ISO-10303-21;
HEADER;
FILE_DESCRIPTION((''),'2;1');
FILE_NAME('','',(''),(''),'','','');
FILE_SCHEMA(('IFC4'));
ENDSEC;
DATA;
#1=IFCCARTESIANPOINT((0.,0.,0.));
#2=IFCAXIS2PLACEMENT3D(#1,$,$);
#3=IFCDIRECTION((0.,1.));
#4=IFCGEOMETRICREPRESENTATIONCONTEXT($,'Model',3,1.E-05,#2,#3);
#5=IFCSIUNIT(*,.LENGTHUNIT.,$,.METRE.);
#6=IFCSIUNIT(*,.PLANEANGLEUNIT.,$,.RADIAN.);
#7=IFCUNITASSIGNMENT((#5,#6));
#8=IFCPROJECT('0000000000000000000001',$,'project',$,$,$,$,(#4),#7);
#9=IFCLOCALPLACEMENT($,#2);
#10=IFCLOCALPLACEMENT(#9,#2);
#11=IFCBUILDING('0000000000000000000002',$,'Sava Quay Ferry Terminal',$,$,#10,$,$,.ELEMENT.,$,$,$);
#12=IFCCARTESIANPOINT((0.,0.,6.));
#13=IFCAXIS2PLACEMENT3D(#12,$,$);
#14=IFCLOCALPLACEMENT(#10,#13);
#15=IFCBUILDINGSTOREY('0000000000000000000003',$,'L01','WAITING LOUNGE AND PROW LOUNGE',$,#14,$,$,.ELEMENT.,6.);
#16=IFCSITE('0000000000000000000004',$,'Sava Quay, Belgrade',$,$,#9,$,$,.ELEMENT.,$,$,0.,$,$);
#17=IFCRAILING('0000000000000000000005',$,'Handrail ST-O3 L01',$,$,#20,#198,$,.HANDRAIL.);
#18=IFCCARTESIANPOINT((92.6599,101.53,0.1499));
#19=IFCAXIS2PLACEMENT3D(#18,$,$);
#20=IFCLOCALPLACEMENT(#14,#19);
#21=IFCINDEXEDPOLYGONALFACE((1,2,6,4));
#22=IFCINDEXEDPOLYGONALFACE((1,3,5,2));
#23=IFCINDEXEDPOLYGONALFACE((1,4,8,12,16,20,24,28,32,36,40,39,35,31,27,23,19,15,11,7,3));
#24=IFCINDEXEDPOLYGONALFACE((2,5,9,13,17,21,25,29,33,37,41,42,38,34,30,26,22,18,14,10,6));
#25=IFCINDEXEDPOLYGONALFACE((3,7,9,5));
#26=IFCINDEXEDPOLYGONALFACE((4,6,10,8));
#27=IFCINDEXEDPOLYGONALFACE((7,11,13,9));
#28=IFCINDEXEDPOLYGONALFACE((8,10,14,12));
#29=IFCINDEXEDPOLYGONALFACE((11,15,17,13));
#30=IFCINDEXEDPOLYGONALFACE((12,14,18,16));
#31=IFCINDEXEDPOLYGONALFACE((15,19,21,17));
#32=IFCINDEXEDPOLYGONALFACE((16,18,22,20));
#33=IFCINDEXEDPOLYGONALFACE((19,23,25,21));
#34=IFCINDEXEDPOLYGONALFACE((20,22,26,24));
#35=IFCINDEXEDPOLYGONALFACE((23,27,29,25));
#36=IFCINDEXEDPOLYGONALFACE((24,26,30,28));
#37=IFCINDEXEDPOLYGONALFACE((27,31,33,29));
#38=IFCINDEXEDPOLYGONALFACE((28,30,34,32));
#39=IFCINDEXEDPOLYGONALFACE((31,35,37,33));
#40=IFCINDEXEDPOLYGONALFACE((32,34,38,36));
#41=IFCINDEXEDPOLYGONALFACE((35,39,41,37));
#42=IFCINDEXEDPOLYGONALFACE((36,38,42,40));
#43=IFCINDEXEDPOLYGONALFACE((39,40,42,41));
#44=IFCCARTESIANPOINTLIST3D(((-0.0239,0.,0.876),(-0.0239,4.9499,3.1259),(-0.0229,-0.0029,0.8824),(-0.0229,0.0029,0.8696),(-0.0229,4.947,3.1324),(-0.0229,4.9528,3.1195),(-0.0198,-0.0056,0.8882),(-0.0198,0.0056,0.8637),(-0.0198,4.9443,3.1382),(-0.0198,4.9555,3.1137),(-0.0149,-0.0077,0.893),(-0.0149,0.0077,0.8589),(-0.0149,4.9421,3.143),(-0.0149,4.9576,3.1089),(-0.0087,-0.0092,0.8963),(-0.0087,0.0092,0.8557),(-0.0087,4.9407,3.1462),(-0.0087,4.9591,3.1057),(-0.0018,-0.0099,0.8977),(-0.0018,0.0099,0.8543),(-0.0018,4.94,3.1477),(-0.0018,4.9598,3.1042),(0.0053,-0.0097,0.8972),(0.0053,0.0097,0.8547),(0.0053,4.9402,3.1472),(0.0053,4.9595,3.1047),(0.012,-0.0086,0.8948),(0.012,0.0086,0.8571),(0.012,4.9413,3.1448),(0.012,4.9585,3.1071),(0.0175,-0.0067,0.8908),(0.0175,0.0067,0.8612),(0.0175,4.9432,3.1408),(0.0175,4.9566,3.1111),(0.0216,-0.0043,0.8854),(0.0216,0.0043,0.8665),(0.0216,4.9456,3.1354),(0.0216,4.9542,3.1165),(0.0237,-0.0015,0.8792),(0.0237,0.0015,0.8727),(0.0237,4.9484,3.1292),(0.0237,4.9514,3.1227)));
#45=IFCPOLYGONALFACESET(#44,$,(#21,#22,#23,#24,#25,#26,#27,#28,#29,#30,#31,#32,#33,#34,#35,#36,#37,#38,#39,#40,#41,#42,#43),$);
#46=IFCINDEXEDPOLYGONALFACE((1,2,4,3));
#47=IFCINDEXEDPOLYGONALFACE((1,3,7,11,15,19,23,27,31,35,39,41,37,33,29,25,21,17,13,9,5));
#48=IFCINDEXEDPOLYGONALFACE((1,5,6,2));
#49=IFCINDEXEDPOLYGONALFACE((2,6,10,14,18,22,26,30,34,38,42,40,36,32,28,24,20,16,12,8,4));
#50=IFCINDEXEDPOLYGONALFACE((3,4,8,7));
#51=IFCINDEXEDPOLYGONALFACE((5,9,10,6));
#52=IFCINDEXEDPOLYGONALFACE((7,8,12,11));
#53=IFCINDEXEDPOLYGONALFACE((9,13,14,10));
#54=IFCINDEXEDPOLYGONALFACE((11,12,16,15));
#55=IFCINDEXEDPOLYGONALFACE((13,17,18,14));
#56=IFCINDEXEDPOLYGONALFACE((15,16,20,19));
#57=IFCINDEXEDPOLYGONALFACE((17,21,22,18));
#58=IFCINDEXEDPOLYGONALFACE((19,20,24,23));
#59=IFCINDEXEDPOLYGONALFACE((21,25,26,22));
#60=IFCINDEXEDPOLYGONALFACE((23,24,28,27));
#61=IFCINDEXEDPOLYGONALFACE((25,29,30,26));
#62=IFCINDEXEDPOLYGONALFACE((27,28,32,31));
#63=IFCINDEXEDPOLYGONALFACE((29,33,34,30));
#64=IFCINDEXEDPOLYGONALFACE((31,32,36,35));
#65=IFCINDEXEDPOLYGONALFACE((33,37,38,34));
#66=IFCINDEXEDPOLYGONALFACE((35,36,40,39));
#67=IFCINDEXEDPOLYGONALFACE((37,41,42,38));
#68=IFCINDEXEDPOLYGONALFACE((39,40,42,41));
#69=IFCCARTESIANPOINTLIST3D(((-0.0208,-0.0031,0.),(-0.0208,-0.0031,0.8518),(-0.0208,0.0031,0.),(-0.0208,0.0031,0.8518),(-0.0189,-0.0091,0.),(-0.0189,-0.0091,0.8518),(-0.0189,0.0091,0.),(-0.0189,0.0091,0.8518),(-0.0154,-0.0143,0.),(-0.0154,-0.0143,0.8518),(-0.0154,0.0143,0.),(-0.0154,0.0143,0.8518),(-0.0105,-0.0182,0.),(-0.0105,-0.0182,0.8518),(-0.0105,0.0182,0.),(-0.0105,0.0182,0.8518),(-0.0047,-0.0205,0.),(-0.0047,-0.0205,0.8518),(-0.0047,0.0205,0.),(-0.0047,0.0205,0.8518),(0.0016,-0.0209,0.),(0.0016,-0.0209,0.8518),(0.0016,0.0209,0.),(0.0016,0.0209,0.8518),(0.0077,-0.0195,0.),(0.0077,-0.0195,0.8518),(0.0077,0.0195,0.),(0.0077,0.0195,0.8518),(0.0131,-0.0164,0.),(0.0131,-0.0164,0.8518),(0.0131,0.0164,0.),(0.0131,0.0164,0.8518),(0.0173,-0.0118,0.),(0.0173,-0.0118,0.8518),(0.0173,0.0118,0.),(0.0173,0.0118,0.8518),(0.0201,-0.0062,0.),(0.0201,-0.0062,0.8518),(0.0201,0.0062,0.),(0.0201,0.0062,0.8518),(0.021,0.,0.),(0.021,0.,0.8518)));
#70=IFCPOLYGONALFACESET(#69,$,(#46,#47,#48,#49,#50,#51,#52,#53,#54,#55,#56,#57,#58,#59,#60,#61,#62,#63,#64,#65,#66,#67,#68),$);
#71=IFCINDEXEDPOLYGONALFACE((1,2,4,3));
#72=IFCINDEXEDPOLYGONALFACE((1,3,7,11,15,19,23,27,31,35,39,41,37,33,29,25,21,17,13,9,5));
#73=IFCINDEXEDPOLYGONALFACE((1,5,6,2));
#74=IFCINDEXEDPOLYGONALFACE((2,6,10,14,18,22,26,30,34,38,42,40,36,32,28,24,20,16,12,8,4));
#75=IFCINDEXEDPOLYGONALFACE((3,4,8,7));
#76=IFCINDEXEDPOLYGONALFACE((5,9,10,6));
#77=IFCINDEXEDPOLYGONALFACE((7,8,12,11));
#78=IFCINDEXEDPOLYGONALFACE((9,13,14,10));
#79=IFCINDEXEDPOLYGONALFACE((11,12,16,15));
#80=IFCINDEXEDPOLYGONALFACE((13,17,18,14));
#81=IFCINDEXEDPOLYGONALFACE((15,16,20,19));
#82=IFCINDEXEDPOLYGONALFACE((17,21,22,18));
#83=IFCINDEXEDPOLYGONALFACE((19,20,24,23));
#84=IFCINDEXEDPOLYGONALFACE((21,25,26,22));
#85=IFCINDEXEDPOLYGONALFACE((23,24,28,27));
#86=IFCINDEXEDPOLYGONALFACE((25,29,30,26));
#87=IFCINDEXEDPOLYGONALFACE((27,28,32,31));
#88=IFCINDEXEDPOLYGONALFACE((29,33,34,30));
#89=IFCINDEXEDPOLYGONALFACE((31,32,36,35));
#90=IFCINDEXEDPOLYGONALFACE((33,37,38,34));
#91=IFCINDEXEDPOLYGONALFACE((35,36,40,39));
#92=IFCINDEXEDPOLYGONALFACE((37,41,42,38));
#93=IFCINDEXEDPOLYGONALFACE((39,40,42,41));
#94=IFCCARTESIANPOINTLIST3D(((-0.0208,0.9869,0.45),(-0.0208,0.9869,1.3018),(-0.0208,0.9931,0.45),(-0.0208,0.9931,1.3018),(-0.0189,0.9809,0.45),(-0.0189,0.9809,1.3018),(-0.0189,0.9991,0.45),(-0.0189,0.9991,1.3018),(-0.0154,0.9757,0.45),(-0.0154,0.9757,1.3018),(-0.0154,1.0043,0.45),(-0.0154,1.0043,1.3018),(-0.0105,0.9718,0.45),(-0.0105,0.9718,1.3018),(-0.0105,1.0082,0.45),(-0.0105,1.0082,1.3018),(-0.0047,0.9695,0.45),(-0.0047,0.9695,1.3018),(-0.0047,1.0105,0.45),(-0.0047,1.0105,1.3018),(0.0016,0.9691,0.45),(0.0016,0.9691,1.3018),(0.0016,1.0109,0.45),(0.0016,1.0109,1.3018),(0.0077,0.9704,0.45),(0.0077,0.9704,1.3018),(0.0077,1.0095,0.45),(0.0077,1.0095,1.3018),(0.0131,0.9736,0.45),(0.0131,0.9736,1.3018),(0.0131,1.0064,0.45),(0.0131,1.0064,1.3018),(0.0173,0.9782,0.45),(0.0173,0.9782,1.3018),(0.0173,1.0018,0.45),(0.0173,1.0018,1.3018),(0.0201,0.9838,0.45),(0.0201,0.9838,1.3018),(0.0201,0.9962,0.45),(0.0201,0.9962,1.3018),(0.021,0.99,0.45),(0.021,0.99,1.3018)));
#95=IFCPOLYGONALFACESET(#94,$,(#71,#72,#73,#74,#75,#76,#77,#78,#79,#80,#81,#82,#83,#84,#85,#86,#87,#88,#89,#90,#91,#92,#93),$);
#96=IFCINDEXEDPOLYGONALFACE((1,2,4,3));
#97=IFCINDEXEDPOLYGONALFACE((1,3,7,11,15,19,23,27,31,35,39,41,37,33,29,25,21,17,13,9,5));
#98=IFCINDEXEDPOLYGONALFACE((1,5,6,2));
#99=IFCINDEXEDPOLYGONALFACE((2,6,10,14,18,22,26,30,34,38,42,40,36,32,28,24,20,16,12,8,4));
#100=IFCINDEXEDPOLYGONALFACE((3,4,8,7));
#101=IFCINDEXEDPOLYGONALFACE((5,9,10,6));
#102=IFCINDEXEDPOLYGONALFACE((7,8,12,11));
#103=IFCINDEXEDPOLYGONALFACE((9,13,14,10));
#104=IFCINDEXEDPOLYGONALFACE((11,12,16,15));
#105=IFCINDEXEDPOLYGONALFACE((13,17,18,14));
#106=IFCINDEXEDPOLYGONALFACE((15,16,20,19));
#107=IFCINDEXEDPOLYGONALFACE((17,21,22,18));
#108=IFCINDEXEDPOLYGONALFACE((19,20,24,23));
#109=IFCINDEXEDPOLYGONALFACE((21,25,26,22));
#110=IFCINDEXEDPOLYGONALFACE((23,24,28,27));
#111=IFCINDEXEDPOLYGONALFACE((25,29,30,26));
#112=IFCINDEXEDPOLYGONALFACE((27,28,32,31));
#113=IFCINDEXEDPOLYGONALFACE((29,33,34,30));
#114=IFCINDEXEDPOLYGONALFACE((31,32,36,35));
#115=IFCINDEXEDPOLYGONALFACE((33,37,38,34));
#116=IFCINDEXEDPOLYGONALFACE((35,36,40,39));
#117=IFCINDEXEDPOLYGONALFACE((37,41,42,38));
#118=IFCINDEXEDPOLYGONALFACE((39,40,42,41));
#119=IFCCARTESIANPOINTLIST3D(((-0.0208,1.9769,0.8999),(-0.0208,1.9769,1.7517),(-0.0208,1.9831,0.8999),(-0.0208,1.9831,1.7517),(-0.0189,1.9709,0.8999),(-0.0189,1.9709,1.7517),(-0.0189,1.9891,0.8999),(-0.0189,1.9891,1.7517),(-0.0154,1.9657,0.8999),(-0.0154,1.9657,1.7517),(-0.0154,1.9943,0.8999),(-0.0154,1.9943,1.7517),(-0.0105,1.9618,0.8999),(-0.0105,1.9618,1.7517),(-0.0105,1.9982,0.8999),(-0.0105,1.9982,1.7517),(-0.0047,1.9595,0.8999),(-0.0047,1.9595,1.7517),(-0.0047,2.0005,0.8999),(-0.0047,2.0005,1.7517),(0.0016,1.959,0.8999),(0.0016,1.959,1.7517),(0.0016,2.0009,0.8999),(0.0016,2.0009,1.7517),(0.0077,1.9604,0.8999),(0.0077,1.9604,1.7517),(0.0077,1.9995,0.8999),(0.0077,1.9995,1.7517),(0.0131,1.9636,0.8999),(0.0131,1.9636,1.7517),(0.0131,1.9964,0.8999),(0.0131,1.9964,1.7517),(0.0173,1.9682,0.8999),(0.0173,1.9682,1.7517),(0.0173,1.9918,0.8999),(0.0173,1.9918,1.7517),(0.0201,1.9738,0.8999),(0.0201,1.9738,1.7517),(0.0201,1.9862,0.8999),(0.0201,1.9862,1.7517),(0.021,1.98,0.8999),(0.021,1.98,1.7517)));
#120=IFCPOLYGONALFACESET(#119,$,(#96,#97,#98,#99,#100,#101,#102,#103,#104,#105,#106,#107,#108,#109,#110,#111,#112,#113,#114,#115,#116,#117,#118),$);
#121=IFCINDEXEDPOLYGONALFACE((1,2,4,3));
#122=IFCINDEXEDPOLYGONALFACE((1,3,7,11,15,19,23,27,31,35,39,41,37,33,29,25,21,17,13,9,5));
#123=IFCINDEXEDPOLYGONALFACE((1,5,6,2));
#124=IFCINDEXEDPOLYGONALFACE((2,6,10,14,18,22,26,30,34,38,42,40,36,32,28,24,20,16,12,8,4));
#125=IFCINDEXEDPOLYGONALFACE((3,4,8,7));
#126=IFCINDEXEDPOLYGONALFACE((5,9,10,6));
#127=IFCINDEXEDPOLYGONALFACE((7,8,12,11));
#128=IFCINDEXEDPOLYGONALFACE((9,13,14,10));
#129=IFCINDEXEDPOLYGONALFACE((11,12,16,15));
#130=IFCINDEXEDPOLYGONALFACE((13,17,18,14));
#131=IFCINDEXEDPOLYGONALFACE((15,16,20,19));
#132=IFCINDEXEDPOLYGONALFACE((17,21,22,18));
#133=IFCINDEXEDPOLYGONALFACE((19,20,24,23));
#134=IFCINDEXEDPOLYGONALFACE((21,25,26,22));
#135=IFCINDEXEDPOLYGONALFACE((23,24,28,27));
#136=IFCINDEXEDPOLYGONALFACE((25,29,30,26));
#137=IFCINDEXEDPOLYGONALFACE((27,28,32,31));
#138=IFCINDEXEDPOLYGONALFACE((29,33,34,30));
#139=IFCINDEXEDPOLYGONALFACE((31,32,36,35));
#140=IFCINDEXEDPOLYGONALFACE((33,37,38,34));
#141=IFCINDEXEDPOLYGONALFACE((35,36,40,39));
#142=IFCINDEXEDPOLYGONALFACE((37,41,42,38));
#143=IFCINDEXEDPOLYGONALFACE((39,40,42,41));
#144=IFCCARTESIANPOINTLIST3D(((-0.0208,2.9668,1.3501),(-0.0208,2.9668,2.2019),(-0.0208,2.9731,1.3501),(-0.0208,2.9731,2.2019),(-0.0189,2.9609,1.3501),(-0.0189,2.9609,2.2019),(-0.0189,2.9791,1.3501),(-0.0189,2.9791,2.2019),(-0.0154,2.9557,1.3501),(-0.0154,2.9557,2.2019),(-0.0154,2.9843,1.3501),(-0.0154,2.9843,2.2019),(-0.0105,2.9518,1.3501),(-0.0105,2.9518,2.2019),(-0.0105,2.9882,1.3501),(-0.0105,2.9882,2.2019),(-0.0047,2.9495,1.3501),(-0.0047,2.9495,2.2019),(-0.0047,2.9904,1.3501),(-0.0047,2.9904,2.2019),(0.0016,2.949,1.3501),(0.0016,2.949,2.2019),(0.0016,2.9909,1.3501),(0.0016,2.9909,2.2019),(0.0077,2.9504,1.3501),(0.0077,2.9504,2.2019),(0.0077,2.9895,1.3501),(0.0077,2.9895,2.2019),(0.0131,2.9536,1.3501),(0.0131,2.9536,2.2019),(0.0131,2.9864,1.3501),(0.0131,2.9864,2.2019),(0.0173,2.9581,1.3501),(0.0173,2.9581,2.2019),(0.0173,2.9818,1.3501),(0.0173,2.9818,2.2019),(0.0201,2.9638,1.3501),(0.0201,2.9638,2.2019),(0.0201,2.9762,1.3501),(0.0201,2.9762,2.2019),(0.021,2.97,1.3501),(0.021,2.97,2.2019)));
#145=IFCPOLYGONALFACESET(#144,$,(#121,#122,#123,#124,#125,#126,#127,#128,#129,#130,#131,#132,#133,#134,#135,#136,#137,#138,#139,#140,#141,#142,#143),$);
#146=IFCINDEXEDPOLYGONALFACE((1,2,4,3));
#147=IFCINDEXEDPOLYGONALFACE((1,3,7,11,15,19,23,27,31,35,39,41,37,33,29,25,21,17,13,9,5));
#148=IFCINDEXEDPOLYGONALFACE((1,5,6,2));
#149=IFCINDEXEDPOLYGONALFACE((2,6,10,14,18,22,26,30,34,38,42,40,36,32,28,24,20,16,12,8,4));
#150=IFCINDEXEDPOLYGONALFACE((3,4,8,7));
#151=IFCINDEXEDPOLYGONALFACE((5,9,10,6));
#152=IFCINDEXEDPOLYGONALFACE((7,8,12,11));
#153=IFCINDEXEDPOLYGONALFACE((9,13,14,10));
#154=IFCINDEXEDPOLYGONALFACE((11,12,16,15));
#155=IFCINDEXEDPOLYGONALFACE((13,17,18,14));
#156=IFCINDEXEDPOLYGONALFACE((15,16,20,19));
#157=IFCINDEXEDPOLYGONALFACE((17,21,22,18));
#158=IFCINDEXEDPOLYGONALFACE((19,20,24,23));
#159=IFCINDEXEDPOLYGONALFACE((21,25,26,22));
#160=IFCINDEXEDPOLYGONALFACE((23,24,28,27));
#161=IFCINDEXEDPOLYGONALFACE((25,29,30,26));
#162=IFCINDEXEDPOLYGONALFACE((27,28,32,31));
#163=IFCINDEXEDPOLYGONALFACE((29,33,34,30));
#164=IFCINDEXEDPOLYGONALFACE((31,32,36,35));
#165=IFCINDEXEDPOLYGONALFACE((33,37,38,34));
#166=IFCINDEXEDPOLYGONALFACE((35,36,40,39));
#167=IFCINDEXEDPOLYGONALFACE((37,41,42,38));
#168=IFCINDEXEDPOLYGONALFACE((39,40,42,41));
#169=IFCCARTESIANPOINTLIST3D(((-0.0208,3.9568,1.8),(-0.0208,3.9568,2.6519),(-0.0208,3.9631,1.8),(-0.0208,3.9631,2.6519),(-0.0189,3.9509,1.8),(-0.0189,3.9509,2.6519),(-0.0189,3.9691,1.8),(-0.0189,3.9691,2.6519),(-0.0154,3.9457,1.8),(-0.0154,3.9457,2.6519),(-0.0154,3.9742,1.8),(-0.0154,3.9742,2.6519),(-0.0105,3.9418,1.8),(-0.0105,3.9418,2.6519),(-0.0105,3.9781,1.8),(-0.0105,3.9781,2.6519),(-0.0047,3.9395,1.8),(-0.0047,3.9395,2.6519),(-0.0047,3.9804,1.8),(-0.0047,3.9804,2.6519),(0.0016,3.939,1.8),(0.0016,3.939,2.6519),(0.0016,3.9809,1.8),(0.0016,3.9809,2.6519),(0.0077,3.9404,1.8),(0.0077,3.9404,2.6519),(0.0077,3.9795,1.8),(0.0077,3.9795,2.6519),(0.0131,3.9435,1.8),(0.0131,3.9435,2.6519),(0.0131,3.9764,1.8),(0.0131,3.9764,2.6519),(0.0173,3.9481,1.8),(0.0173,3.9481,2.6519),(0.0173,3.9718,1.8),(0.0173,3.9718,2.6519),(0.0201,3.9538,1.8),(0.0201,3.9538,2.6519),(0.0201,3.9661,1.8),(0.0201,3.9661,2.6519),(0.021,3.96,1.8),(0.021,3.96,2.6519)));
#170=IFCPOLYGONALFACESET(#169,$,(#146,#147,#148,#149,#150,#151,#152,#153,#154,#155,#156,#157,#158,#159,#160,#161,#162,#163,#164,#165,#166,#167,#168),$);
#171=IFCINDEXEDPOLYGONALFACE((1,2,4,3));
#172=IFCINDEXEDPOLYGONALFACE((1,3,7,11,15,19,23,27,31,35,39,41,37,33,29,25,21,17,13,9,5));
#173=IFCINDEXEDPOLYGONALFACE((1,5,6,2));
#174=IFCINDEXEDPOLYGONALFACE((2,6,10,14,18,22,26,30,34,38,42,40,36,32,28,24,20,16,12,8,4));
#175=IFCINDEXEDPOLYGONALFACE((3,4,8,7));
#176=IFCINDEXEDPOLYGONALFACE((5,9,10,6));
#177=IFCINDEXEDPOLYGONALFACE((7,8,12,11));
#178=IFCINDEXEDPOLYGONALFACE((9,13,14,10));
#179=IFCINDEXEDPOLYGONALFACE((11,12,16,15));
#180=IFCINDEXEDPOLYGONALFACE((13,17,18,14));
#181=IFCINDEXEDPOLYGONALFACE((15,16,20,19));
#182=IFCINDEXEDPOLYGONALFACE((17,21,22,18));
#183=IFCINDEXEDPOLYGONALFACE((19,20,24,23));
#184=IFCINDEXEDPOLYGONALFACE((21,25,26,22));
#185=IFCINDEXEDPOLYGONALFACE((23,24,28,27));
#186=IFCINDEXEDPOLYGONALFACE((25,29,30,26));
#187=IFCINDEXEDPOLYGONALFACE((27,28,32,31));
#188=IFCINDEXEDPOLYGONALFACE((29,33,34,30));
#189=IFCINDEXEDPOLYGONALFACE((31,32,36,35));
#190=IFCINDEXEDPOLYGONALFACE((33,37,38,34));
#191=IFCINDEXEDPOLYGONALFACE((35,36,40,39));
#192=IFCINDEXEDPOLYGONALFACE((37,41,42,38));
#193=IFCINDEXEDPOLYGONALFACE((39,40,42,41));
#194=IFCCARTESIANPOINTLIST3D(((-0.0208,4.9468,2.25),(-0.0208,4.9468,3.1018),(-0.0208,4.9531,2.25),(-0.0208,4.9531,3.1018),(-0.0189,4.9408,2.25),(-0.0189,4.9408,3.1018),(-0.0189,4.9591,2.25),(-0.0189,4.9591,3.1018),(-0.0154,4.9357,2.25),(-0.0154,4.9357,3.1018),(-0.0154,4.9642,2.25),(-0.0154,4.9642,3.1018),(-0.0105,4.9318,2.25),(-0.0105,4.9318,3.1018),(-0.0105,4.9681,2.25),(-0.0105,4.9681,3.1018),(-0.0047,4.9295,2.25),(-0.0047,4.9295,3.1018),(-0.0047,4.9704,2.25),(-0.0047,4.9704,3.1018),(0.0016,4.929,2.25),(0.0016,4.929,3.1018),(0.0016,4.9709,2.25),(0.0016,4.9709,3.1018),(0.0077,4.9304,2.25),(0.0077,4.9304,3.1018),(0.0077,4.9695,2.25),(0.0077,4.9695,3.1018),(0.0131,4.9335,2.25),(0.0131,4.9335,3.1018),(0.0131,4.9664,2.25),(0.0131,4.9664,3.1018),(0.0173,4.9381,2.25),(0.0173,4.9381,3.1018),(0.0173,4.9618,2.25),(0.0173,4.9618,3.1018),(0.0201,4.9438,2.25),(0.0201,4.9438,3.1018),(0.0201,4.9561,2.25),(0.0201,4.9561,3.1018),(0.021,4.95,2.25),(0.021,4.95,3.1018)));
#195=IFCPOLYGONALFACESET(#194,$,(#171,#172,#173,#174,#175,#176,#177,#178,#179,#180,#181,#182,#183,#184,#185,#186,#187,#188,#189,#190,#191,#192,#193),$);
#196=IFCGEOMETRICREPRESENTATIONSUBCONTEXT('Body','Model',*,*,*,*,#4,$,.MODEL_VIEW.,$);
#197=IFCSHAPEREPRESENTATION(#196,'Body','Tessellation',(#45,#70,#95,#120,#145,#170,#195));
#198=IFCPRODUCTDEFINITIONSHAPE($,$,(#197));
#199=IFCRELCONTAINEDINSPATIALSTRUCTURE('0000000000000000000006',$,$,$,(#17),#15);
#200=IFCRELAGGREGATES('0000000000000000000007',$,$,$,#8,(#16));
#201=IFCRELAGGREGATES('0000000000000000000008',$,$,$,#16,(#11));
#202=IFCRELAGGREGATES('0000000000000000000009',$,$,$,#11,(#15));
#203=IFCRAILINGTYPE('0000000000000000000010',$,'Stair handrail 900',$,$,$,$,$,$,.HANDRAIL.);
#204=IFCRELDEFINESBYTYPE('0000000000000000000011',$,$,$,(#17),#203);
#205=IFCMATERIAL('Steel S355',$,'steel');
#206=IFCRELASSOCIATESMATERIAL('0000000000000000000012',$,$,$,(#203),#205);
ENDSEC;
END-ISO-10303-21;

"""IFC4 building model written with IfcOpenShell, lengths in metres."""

from ifc_helpers import new_model, si_unit, direction, frame, origin, origin_2d, place, context, subcontext, project, spatial, circle, extrude, material, type_object, element, save


model = new_model("IFC4")

# Units and contexts
model_context = context("Model", 3, precision=1e-05, world=origin(), true_north=direction((0.0, 1.0)))
body_context = subcontext(model_context, "Body", "Model", "MODEL_VIEW")
ifc_project = project(units=[si_unit("LENGTHUNIT", "METRE"), si_unit("PLANEANGLEUNIT", "RADIAN")], contexts=[model_context])

# Site, building, storey
site_placement = place(None, origin())
site = spatial("IfcSite", under=ifc_project, at=site_placement, Name="Sava Quay, Belgrade", CompositionType="ELEMENT", RefElevation=0.0)
building_placement = place(site_placement, origin())
building = spatial("IfcBuilding", under=site, at=building_placement, Name="Sava Quay Ferry Terminal", CompositionType="ELEMENT")
storey_placement = place(building_placement, frame((0.0, 0.0, 6.0)))
storey = spatial("IfcBuildingStorey", under=building, at=storey_placement, Name="L01", Description="WAITING LOUNGE AND PROW LOUNGE", CompositionType="ELEMENT", Elevation=6.0)

# Railing
ifc_material_1 = material(Name="Steel S355", Category="steel")
railing_type_1 = type_object("IfcRailingType", Name="Stair handrail 900", PredefinedType="HANDRAIL", material=ifc_material_1)
railing_1_placement = place(storey_placement, frame((92.6599, 101.53, 0.1499)))
element("IfcRailing", 1, at=railing_1_placement, inside=storey, type_object=railing_type_1, Name="Handrail ST-O3 L01", PredefinedType="HANDRAIL", context=body_context, shape_type="SweptSolid", body=[
    extrude(circle(Radius=0.0239, at=origin_2d()), frame((0.0, 0.0, 0.876), z_axis=(0.0, 0.910365, 0.413806), x_axis=(-1.0, 0.0, 0.0)), (0.0, 0.0, 1.0), 5.4373),
    extrude(circle(Radius=0.021, at=origin_2d()), origin(), (0.0, 0.0, 1.0), 0.8518),
    extrude(circle(Radius=0.021, at=origin_2d()), frame((0.0, 0.99, 0.45)), (0.0, 0.0, 1.0), 0.8518),
    extrude(circle(Radius=0.021, at=origin_2d()), frame((0.0, 1.98, 0.8999)), (0.0, 0.0, 1.0), 0.8518),
    extrude(circle(Radius=0.021, at=origin_2d()), frame((0.0, 2.97, 1.3501)), (0.0, 0.0, 1.0), 0.8518),
    extrude(circle(Radius=0.021, at=origin_2d()), frame((0.0, 3.96, 1.8)), (0.0, 0.0, 1.0), 0.8518),
    extrude(circle(Radius=0.021, at=origin_2d()), frame((0.0, 4.95, 2.25)), (0.0, 0.0, 1.0), 0.8518),
])

save(model, "model.ifc")
